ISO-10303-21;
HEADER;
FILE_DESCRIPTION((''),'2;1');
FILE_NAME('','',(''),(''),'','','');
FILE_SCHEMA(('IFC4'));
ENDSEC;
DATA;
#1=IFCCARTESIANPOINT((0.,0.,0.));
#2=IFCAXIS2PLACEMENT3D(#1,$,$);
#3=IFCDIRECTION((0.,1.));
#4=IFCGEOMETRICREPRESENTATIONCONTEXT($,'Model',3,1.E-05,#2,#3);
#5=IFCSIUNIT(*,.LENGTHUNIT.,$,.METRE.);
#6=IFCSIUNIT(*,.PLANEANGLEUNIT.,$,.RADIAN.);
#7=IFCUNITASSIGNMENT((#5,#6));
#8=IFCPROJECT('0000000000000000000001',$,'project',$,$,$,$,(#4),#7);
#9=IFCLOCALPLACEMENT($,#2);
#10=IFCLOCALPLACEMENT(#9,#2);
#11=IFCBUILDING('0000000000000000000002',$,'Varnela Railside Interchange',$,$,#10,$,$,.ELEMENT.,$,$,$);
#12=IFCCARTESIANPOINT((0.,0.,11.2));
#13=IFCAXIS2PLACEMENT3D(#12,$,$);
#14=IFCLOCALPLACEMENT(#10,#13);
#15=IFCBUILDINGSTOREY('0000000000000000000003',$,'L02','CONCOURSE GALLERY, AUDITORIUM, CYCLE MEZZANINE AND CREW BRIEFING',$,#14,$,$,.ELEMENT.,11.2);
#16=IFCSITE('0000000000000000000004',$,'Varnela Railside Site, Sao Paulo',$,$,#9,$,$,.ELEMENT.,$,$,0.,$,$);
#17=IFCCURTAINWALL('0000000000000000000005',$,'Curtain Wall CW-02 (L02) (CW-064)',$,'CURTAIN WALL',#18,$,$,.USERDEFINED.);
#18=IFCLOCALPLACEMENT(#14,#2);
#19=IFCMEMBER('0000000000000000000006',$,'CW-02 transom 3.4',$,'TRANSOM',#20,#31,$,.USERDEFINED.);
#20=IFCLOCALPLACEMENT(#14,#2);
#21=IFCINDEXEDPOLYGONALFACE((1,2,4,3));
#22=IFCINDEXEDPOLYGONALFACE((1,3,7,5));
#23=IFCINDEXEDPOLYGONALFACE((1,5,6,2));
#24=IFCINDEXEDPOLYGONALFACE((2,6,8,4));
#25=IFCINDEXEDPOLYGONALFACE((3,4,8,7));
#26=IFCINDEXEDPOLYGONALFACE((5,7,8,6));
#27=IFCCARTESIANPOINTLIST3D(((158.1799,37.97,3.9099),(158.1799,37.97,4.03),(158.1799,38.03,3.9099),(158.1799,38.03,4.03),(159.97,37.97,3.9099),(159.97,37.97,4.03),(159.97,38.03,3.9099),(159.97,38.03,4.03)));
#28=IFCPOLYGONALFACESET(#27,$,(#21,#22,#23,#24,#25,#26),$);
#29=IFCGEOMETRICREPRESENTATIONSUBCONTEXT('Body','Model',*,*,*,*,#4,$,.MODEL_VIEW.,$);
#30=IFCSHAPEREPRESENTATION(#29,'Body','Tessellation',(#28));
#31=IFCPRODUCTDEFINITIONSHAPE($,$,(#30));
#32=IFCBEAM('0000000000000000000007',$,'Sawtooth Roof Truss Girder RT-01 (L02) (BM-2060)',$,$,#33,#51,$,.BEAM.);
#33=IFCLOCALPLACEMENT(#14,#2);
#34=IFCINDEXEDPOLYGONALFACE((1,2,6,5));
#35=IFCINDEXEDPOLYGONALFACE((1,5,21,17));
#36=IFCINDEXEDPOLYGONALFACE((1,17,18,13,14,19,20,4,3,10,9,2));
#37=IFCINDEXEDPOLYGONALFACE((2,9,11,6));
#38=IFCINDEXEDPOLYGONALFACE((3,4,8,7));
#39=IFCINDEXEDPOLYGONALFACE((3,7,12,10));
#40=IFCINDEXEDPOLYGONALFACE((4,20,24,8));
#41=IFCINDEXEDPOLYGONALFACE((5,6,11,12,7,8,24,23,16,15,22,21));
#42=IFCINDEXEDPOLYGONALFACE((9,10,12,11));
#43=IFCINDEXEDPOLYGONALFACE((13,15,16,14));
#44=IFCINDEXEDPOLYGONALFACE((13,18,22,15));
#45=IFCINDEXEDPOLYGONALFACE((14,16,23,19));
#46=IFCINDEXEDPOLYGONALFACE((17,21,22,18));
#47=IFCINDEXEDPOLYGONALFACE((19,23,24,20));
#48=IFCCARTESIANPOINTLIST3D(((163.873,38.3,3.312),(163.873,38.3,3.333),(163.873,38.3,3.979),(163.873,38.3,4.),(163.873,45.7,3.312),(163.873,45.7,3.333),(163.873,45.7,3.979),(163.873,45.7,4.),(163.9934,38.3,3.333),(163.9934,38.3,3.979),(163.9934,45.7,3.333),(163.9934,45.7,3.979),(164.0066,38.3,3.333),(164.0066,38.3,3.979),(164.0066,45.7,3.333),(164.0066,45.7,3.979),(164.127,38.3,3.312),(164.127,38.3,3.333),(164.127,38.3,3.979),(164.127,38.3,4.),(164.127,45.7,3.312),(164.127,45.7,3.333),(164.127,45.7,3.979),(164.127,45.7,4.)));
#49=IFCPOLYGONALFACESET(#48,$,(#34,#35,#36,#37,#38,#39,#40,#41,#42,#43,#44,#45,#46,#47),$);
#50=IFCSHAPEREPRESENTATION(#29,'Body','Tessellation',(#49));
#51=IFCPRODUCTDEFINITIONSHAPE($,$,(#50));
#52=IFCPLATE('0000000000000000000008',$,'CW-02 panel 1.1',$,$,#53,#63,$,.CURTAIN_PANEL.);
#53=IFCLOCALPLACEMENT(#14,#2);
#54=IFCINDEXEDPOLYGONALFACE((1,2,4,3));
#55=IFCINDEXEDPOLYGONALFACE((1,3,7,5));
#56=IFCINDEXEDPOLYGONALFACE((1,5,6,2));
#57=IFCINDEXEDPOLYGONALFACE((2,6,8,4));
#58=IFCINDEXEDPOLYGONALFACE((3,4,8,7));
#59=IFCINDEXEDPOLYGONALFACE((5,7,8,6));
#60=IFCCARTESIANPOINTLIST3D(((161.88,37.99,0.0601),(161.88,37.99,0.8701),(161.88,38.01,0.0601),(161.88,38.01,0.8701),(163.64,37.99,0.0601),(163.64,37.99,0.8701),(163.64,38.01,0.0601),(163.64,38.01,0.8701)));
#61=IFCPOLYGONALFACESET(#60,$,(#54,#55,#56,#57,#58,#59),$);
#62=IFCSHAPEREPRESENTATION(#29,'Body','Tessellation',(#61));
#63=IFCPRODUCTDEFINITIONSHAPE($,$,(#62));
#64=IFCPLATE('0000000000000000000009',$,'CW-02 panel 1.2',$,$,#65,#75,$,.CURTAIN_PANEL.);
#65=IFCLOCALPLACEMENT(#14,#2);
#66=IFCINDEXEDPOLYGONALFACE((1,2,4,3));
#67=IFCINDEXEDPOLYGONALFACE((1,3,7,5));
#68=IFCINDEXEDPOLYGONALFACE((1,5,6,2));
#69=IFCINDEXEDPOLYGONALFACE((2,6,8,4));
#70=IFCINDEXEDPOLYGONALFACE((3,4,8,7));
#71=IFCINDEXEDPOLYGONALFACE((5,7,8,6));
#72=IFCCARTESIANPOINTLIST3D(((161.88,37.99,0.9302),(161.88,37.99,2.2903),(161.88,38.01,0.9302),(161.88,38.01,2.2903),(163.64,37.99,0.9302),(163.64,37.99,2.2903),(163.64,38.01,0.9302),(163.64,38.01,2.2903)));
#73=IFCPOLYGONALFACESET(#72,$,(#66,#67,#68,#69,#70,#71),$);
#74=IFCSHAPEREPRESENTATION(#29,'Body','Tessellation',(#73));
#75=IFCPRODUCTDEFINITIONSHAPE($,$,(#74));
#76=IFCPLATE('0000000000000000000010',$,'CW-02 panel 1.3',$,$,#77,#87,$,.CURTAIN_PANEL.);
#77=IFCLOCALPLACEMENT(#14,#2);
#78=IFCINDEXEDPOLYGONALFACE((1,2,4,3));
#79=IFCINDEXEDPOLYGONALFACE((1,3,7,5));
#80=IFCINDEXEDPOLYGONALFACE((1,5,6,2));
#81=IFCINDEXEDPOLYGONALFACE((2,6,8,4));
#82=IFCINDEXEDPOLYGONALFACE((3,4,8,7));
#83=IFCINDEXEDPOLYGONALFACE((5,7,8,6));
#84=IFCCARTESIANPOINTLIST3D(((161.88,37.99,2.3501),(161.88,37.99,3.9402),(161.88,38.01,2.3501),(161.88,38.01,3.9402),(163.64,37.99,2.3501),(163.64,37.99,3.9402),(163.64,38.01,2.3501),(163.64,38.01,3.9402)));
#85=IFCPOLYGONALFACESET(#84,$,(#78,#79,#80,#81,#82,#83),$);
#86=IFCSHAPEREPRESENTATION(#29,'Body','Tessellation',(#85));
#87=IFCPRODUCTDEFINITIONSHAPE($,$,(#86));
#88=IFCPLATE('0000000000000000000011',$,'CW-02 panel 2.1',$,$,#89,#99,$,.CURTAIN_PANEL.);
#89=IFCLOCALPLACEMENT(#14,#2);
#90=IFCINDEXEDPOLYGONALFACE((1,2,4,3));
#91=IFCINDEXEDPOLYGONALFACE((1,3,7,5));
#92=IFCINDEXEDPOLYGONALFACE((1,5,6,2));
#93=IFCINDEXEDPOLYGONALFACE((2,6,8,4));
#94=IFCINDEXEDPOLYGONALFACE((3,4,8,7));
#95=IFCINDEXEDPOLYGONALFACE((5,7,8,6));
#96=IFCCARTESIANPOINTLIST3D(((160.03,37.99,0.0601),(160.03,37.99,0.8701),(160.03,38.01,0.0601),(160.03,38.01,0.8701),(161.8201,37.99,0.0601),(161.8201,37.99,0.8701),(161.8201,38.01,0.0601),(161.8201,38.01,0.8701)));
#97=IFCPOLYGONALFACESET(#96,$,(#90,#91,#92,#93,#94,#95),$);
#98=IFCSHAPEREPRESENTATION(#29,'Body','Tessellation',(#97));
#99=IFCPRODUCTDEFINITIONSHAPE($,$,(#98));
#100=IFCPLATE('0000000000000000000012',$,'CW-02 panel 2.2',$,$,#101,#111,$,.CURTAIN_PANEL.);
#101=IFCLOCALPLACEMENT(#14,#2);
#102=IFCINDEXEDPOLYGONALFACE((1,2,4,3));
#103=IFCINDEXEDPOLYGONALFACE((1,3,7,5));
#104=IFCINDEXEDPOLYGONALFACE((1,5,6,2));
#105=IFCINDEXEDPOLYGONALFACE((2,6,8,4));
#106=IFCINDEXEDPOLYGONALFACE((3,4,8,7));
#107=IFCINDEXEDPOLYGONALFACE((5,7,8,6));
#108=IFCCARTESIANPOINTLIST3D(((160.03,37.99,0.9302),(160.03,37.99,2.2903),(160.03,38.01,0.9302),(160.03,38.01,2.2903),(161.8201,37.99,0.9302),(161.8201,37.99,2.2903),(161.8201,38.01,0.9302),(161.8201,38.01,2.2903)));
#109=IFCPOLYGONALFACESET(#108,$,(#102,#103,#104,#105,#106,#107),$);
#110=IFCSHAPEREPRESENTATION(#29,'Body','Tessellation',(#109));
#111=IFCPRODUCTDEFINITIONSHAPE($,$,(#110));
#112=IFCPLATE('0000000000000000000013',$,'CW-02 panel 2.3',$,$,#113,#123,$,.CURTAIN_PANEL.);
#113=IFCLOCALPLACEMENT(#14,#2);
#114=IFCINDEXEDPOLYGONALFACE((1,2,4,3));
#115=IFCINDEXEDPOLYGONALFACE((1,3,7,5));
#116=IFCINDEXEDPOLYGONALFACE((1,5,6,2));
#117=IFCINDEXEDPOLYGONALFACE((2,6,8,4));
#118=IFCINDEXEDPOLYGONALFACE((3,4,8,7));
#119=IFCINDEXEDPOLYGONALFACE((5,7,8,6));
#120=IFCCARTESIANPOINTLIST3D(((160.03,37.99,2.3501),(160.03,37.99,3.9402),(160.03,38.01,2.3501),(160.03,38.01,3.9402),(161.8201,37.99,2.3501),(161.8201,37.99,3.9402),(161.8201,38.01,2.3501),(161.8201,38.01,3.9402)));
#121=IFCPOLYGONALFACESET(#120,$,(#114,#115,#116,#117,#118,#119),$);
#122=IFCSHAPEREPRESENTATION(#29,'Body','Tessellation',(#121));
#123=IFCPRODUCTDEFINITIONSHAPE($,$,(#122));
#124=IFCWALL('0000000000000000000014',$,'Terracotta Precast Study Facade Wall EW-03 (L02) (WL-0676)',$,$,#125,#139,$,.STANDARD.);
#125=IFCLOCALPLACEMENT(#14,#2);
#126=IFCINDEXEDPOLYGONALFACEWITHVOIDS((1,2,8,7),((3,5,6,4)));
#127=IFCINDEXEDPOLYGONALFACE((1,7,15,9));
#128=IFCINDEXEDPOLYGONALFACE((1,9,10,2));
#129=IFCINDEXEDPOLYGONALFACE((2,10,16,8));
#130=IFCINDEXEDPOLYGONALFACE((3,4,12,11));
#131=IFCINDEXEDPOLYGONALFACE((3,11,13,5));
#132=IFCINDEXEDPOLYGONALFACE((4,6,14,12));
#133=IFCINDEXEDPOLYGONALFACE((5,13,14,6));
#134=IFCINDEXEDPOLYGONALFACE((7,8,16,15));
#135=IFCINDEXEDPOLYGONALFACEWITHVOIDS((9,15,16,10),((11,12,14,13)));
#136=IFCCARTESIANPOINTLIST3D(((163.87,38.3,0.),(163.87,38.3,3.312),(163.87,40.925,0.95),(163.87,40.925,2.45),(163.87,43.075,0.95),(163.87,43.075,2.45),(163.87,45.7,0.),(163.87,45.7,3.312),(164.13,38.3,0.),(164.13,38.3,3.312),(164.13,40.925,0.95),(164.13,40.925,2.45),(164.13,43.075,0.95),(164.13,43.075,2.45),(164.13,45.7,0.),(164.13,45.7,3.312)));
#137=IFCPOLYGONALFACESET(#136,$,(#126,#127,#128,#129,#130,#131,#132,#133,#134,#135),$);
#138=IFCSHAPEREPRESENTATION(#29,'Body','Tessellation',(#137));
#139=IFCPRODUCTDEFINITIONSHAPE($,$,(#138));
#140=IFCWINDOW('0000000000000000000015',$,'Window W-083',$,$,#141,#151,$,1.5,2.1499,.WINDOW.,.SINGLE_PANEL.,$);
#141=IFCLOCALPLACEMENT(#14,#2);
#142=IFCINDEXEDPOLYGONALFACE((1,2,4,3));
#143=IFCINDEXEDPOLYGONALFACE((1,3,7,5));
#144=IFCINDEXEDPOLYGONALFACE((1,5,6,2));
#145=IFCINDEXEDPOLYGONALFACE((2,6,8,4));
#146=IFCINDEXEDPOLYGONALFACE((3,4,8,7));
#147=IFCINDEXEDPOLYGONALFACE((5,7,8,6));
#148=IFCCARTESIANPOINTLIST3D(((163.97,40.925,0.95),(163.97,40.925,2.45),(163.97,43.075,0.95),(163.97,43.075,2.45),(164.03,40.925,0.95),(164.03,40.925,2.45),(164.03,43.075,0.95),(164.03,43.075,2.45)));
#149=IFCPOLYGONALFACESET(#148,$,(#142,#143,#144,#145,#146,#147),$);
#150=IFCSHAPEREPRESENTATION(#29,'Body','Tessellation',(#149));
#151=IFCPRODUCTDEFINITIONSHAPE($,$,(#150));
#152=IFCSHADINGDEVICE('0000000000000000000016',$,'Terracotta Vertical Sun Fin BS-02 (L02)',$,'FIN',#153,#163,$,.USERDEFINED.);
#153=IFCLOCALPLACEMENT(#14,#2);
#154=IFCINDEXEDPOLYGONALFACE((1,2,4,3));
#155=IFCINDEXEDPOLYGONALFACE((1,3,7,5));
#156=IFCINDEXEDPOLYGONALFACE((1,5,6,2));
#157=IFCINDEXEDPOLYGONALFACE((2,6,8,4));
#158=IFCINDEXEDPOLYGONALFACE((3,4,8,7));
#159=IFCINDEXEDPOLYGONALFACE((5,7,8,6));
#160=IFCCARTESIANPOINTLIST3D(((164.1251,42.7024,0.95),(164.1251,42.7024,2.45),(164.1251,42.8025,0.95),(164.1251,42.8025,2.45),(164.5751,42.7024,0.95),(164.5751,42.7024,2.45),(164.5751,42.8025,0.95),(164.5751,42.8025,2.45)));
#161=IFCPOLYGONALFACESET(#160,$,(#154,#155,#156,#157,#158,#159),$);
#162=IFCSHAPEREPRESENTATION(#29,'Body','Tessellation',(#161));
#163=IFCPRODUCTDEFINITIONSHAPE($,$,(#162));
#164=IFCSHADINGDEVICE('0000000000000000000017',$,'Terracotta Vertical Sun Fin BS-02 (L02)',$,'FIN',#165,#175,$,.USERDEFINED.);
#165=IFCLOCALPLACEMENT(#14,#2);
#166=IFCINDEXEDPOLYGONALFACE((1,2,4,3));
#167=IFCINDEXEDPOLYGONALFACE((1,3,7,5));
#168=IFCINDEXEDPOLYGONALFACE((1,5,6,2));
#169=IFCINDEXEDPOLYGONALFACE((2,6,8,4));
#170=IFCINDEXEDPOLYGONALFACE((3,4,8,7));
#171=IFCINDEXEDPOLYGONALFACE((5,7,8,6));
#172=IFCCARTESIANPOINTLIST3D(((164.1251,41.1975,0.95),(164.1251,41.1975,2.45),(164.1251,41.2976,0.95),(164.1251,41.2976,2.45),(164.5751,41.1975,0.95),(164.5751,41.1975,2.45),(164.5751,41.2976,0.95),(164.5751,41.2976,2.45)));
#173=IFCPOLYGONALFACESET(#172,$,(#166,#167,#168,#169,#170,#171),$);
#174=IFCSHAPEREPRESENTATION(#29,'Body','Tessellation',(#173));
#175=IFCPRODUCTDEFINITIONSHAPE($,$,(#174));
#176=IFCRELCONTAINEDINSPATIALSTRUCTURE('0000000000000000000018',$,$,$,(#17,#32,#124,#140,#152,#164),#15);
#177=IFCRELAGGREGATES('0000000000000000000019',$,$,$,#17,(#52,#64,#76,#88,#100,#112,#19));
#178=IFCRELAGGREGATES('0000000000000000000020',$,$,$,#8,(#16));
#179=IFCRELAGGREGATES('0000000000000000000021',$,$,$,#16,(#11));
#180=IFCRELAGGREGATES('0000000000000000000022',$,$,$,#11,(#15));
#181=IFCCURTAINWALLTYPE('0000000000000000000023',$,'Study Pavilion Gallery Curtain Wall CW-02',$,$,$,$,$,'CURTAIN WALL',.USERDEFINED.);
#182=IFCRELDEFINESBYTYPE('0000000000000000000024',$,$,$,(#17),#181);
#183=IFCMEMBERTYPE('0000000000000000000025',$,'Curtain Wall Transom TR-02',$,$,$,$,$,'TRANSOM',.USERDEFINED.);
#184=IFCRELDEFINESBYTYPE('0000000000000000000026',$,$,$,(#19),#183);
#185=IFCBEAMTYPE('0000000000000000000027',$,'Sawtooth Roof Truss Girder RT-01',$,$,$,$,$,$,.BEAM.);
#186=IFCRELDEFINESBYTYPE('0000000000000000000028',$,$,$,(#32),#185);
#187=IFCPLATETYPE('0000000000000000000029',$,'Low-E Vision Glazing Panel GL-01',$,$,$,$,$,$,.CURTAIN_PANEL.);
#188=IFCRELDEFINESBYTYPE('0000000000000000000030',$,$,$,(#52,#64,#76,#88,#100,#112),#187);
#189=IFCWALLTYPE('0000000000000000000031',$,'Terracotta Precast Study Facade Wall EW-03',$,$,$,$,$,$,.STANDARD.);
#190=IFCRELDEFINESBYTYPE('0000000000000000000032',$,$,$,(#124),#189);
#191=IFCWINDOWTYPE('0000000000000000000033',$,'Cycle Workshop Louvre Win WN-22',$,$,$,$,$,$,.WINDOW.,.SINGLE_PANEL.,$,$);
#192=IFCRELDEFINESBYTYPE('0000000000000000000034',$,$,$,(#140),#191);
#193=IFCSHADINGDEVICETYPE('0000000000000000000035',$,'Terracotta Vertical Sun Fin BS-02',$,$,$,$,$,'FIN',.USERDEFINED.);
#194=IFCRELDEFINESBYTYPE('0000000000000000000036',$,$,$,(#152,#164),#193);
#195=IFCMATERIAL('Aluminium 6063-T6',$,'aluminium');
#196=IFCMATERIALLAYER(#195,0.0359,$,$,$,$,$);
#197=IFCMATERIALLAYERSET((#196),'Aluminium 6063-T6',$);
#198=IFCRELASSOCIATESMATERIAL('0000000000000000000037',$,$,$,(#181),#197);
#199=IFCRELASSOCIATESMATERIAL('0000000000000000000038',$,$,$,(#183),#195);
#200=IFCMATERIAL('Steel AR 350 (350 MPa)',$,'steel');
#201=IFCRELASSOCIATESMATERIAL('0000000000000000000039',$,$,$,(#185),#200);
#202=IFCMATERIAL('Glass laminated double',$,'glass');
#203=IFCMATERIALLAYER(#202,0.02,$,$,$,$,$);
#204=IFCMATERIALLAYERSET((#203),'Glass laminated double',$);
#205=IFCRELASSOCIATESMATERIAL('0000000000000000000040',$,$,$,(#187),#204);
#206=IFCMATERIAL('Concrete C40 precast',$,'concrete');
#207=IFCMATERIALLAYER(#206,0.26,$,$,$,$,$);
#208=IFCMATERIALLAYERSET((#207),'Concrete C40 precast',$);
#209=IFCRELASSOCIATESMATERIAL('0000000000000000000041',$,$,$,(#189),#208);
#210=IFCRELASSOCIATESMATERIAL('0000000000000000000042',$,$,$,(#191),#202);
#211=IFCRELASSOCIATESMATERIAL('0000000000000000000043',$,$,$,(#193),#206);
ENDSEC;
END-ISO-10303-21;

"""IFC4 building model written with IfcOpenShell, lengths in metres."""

from ifc_helpers import new_model, si_unit, direction, frame, frame_2d, origin, origin_2d, place, context, subcontext, project, spatial, rectangle, i_section, extrude, material, layer, layer_set, material_profile, profile_set, type_object, element, fill, aggregate, save


model = new_model("IFC4")

# Units and contexts
model_context = context("Model", 3, precision=1e-05, world=origin(), true_north=direction((0.0, 1.0)))
body_context = subcontext(model_context, "Body", "Model", "MODEL_VIEW")
ifc_project = project(units=[si_unit("LENGTHUNIT", "METRE"), si_unit("PLANEANGLEUNIT", "RADIAN")], contexts=[model_context])

# Site, building, storey
site_placement = place(None, origin())
site = spatial("IfcSite", under=ifc_project, at=site_placement, Name="Varnela Railside Site, Sao Paulo", CompositionType="ELEMENT", RefElevation=0.0)
building_placement = place(site_placement, origin())
building = spatial("IfcBuilding", under=site, at=building_placement, Name="Varnela Railside Interchange", CompositionType="ELEMENT")
storey_placement = place(building_placement, frame((0.0, 0.0, 11.2)))
storey = spatial("IfcBuildingStorey", under=building, at=storey_placement, Name="L02", Description="CONCOURSE GALLERY, AUDITORIUM, CYCLE MEZZANINE AND CREW BRIEFING", CompositionType="ELEMENT", Elevation=11.2)

# Curtain wall, member
ifc_material_1 = material(Name="Aluminium 6063-T6", Category="aluminium")
ifc_layer_1 = layer(ifc_material_1, 0.0359)
ifc_layer_set_1 = layer_set([ifc_layer_1], Name="Aluminium 6063-T6")
curtain_wall_type = type_object("IfcCurtainWallType", Name="Study Pavilion Gallery Curtain Wall CW-02", ElementType="CURTAIN WALL", PredefinedType="USERDEFINED", material=ifc_layer_set_1)
curtain_wall_placement = place(storey_placement, origin())
curtain_wall = element("IfcCurtainWall", 1, at=curtain_wall_placement, inside=storey, type_object=curtain_wall_type, Name="Curtain Wall CW-02 (L02) (CW-064)", ObjectType="CURTAIN WALL", PredefinedType="USERDEFINED")
ifc_material_profile_1 = material_profile(ifc_material_1, rectangle(XDim=0.0601, YDim=0.1201, at=origin_2d()), Name="ALU 60x120")
ifc_profile_set_1 = profile_set([ifc_material_profile_1], Name="Aluminium 6063-T6")
member_type_1 = type_object("IfcMemberType", Name="Curtain Wall Transom TR-02", ElementType="TRANSOM", PredefinedType="USERDEFINED", material=ifc_profile_set_1)
member_1_placement = place(storey_placement, frame((159.97, 38.0, 3.97), z_axis=(-1.0, 0.0, 0.0), x_axis=(0.0, -1.0, 0.0)))
member_1 = element("IfcMember", 2, at=member_1_placement, type_object=member_type_1, Name="CW-02 transom 3.4", ObjectType="TRANSOM", PredefinedType="USERDEFINED", context=body_context, shape_type="SweptSolid", body=[
    extrude(rectangle(XDim=0.0601, YDim=0.1201, at=origin_2d()), origin(), (0.0, 0.0, 1.0), 1.79),
])

# Beam
ifc_material_2 = material(Name="Steel AR 350 (350 MPa)", Category="steel")
ifc_material_profile_2 = material_profile(ifc_material_2, i_section(OverallWidth=0.2539, OverallDepth=0.688, WebThickness=0.0132, FlangeThickness=0.021, at=origin_2d()), Name="W690x152")
ifc_profile_set_2 = profile_set([ifc_material_profile_2], Name="Steel AR 350 (350 MPa)")
beam_type = type_object("IfcBeamType", Name="Sawtooth Roof Truss Girder RT-01", PredefinedType="BEAM", material=ifc_profile_set_2)
beam_placement = place(storey_placement, frame((164.0, 38.3, 3.656), z_axis=(0.0, 1.0, 0.0), x_axis=(-1.0, 0.0, 0.0)))
element("IfcBeam", 3, at=beam_placement, inside=storey, type_object=beam_type, Name="Sawtooth Roof Truss Girder RT-01 (L02) (BM-2060)", PredefinedType="BEAM", context=body_context, shape_type="SweptSolid", body=[
    extrude(i_section(OverallWidth=0.2539, OverallDepth=0.688, WebThickness=0.0132, FlangeThickness=0.021, at=origin_2d()), origin(), (0.0, 0.0, 1.0), 7.3999),
])

# Plates
ifc_material_3 = material(Name="Glass laminated double", Category="glass")
ifc_layer_2 = layer(ifc_material_3, 0.02)
ifc_layer_set_2 = layer_set([ifc_layer_2], Name="Glass laminated double")
plate_type = type_object("IfcPlateType", Name="Low-E Vision Glazing Panel GL-01", PredefinedType="CURTAIN_PANEL", material=ifc_layer_set_2)
plate_1_placement = place(storey_placement, frame((162.76, 38.0, 0.0601), z_axis=(0.0, 0.0, 1.0), x_axis=(-1.0, 0.0, 0.0)))
plate_1 = element("IfcPlate", 4, at=plate_1_placement, type_object=plate_type, Name="CW-02 panel 1.1", PredefinedType="CURTAIN_PANEL", context=body_context, shape_type="SweptSolid", body=[
    extrude(rectangle(XDim=1.76, YDim=0.02, at=origin_2d()), origin(), (0.0, 0.0, 1.0), 0.8101),
])
plate_2_placement = place(storey_placement, frame((162.76, 38.0, 0.9302), z_axis=(0.0, 0.0, 1.0), x_axis=(-1.0, 0.0, 0.0)))
plate_2 = element("IfcPlate", 5, at=plate_2_placement, type_object=plate_type, Name="CW-02 panel 1.2", PredefinedType="CURTAIN_PANEL", context=body_context, shape_type="SweptSolid", body=[
    extrude(rectangle(XDim=1.76, YDim=0.02, at=origin_2d()), origin(), (0.0, 0.0, 1.0), 1.3601),
])
plate_3_placement = place(storey_placement, frame((162.76, 38.0, 2.3501), z_axis=(0.0, 0.0, 1.0), x_axis=(-1.0, 0.0, 0.0)))
plate_3 = element("IfcPlate", 6, at=plate_3_placement, type_object=plate_type, Name="CW-02 panel 1.3", PredefinedType="CURTAIN_PANEL", context=body_context, shape_type="SweptSolid", body=[
    extrude(rectangle(XDim=1.76, YDim=0.02, at=origin_2d()), origin(), (0.0, 0.0, 1.0), 1.5901),
])
plate_4_placement = place(storey_placement, frame((160.925, 38.0, 0.0601), z_axis=(0.0, 0.0, 1.0), x_axis=(-1.0, 0.0, 0.0)))
plate_4 = element("IfcPlate", 7, at=plate_4_placement, type_object=plate_type, Name="CW-02 panel 2.1", PredefinedType="CURTAIN_PANEL", context=body_context, shape_type="SweptSolid", body=[
    extrude(rectangle(XDim=1.79, YDim=0.02, at=origin_2d()), origin(), (0.0, 0.0, 1.0), 0.8101),
])
plate_5_placement = place(storey_placement, frame((160.925, 38.0, 0.9302), z_axis=(0.0, 0.0, 1.0), x_axis=(-1.0, 0.0, 0.0)))
plate_5 = element("IfcPlate", 8, at=plate_5_placement, type_object=plate_type, Name="CW-02 panel 2.2", PredefinedType="CURTAIN_PANEL", context=body_context, shape_type="SweptSolid", body=[
    extrude(rectangle(XDim=1.79, YDim=0.02, at=origin_2d()), origin(), (0.0, 0.0, 1.0), 1.3601),
])
plate_6_placement = place(storey_placement, frame((160.925, 38.0, 2.3501), z_axis=(0.0, 0.0, 1.0), x_axis=(-1.0, 0.0, 0.0)))
plate_6 = element("IfcPlate", 9, at=plate_6_placement, type_object=plate_type, Name="CW-02 panel 2.3", PredefinedType="CURTAIN_PANEL", context=body_context, shape_type="SweptSolid", body=[
    extrude(rectangle(XDim=1.79, YDim=0.02, at=origin_2d()), origin(), (0.0, 0.0, 1.0), 1.5901),
])
aggregate(curtain_wall, [plate_1, plate_2, plate_3, plate_4, plate_5, plate_6, member_1])

# Wall, opening, window
ifc_material_4 = material(Name="Concrete C40 precast", Category="concrete")
ifc_layer_3 = layer(ifc_material_4, 0.26)
ifc_layer_set_3 = layer_set([ifc_layer_3], Name="Concrete C40 precast")
wall_type = type_object("IfcWallType", Name="Terracotta Precast Study Facade Wall EW-03", PredefinedType="STANDARD", material=ifc_layer_set_3)
wall_placement = place(storey_placement, frame((164.0, 45.7, 0.0), z_axis=(0.0, 0.0, 1.0), x_axis=(0.0, -1.0, 0.0)))
wall = element("IfcWall", 10, at=wall_placement, inside=storey, type_object=wall_type, Name="Terracotta Precast Study Facade Wall EW-03 (L02) (WL-0676)", PredefinedType="STANDARD", context=body_context, shape_type="SweptSolid", body=[
    extrude(rectangle(XDim=7.3999, YDim=0.26, at=frame_2d((3.7, 0.0))), origin(), (0.0, 0.0, 1.0), 3.312),
])
opening_placement = place(wall_placement, frame((2.625, 0.0, 0.95)))
opening = element("IfcOpeningElement", 11, at=opening_placement, cuts=wall, PredefinedType="OPENING", context=body_context, shape_type="SweptSolid", body=[
    extrude(rectangle(XDim=2.1499, YDim=1.5, at=frame_2d((1.075, 0.75))), frame((0.0, 0.1399, 0.0), z_axis=(0.0, -1.0, 0.0), x_axis=(1.0, 0.0, 0.0)), (0.0, 0.0, 1.0), 0.28),
])
window_type = type_object("IfcWindowType", Name="Cycle Workshop Louvre Win WN-22", PartitioningType="SINGLE_PANEL", PredefinedType="WINDOW", material=ifc_material_3)
window_placement = place(opening_placement, origin())
window = element("IfcWindow", 12, at=window_placement, inside=storey, type_object=window_type, Name="Window W-083", OverallHeight=1.5, OverallWidth=2.1499, PartitioningType="SINGLE_PANEL", PredefinedType="WINDOW", context=body_context, shape_type="SweptSolid", body=[
    extrude(rectangle(XDim=2.1499, YDim=1.5, at=frame_2d((1.075, 0.75))), frame((0.0, 0.03, 0.0), z_axis=(0.0, -1.0, 0.0), x_axis=(1.0, 0.0, 0.0)), (0.0, 0.0, 1.0), 0.0601),
])
fill(opening, window)

# Shading devices
shading_device_type = type_object("IfcShadingDeviceType", Name="Terracotta Vertical Sun Fin BS-02", ElementType="FIN", PredefinedType="USERDEFINED", material=ifc_material_4)
for number, where, z_axis, x_axis, name in (
    (13, (164.3501, 42.7524, 0.95), (0.0, 0.0, 1.0), (1.0, 0.0, 0.0), "Terracotta Vertical Sun Fin BS-02 (L02)"),
    (14, (164.3501, 41.2476, 0.95), (0.0, 0.0, 1.0), (1.0, 0.0, 0.0), "Terracotta Vertical Sun Fin BS-02 (L02)"),
):
    element("IfcShadingDevice", number, at=place(storey_placement, frame(where, z_axis=z_axis, x_axis=x_axis)), inside=storey, type_object=shading_device_type, Name=name, ObjectType="FIN", PredefinedType="USERDEFINED", context=body_context, shape_type="SweptSolid", body=[
        extrude(rectangle(XDim=0.45, YDim=0.1001, at=origin_2d()), origin(), (0.0, 0.0, 1.0), 1.5),
    ])

save(model, "model.ifc")
